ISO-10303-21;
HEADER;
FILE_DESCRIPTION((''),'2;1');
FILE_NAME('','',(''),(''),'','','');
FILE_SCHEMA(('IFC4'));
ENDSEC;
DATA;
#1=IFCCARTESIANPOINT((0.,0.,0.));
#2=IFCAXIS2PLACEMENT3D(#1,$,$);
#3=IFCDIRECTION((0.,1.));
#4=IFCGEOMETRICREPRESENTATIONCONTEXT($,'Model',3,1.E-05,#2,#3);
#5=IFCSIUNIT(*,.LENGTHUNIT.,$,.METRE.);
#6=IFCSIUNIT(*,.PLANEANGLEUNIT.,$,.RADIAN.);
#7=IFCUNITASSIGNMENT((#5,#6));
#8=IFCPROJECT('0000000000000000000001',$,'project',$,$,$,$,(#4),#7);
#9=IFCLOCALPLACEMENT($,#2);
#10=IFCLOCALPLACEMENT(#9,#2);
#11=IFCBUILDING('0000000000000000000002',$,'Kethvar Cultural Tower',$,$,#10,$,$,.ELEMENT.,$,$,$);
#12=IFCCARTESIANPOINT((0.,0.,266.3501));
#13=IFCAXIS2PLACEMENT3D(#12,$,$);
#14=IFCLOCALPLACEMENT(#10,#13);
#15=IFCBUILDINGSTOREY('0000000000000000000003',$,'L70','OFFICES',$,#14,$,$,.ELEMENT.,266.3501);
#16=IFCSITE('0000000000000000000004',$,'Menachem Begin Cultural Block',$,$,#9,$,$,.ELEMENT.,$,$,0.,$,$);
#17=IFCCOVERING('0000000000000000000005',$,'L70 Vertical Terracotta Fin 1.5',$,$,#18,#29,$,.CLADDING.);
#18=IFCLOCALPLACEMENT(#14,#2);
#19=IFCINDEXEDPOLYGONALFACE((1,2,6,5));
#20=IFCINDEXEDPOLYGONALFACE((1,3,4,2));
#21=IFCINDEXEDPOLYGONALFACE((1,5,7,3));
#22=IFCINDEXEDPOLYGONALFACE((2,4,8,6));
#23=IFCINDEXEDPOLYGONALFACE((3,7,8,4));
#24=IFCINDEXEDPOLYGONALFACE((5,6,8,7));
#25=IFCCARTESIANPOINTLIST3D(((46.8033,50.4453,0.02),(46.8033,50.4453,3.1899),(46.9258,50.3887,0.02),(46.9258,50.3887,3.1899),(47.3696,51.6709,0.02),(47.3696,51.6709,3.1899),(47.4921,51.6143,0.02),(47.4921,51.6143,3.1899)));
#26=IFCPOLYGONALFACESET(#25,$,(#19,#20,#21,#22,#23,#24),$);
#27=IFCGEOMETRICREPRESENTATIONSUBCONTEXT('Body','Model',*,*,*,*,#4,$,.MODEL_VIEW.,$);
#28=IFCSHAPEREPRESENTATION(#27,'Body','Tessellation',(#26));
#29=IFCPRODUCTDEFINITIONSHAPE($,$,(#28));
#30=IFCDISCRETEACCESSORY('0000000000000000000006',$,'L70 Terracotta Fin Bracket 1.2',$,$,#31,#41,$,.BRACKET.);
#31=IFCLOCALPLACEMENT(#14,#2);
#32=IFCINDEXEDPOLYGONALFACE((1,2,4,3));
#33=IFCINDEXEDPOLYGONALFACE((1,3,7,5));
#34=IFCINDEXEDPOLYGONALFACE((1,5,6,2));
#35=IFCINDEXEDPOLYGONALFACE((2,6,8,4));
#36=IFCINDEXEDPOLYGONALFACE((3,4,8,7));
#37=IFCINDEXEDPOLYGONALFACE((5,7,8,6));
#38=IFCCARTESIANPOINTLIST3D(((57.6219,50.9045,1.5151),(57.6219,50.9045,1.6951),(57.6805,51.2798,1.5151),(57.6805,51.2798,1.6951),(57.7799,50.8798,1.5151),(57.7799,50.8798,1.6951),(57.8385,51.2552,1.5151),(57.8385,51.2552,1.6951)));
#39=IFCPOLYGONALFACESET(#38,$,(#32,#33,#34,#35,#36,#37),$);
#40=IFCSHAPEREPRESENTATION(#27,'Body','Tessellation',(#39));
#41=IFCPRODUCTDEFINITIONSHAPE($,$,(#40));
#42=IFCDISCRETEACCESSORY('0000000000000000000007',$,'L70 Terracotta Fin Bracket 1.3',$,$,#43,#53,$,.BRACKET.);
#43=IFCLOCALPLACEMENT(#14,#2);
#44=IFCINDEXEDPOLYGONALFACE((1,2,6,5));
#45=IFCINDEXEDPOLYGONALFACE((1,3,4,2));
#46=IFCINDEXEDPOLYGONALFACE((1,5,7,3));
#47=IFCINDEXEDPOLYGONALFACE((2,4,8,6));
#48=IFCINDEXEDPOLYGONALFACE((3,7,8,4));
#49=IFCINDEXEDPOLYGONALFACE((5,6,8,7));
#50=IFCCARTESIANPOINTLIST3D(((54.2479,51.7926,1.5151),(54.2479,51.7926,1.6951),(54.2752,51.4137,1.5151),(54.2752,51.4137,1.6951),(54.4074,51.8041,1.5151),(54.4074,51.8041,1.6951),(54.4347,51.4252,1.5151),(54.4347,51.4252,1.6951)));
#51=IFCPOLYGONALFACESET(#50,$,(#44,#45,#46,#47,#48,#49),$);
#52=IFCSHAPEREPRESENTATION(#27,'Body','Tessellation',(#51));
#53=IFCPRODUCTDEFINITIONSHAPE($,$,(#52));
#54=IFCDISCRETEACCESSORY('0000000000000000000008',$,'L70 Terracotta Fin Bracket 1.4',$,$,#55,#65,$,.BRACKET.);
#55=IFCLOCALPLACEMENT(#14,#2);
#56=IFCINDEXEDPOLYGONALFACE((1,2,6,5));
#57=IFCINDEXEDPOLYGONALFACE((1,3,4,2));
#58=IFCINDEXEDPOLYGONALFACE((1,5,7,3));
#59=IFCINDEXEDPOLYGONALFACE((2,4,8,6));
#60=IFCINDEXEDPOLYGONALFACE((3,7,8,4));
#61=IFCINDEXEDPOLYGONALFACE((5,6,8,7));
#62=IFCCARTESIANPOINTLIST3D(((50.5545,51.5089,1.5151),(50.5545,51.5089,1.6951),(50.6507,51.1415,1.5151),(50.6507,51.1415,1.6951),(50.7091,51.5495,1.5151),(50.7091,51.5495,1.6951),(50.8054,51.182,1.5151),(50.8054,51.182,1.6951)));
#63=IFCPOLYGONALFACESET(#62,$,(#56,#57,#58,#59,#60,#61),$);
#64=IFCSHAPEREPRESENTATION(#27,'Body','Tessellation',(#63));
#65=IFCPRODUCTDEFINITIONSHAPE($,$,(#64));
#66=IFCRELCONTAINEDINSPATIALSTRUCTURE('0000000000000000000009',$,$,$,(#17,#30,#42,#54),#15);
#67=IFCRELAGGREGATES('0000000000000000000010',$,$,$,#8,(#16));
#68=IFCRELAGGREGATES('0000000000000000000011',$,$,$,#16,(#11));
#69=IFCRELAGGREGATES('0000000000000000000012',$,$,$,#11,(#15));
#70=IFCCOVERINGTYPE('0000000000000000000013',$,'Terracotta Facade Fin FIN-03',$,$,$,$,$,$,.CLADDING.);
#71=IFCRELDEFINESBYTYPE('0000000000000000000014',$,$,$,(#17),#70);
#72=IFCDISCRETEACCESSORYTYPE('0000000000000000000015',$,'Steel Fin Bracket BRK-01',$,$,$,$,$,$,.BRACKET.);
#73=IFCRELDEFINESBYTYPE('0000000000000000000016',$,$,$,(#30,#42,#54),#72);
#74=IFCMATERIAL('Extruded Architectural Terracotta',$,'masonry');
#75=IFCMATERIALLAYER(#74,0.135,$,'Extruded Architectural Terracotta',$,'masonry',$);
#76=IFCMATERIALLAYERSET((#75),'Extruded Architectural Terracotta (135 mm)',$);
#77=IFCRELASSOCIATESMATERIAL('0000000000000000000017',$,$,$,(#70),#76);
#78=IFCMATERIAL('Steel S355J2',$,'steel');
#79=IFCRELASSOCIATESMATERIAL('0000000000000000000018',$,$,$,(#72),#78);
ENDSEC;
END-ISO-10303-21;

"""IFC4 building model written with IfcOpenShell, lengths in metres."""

from ifc_helpers import new_model, si_unit, direction, frame, origin, origin_2d, place, context, subcontext, project, spatial, rectangle, extrude, source, transform, mapped, material, layer, layer_set, type_object, element, save


model = new_model("IFC4")

# Units and contexts
model_context = context("Model", 3, precision=1e-05, world=origin(), true_north=direction((0.0, 1.0)))
body_context = subcontext(model_context, "Body", "Model", "MODEL_VIEW")
ifc_project = project(units=[si_unit("LENGTHUNIT", "METRE"), si_unit("PLANEANGLEUNIT", "RADIAN")], contexts=[model_context])

# Site, building, storey
site_placement = place(None, origin())
site = spatial("IfcSite", under=ifc_project, at=site_placement, Name="Menachem Begin Cultural Block", CompositionType="ELEMENT", RefElevation=0.0)
building_placement = place(site_placement, origin())
building = spatial("IfcBuilding", under=site, at=building_placement, Name="Kethvar Cultural Tower", CompositionType="ELEMENT")
storey_placement = place(building_placement, frame((0.0, 0.0, 266.3501)))
storey = spatial("IfcBuildingStorey", under=building, at=storey_placement, Name="L70", Description="OFFICES", CompositionType="ELEMENT", Elevation=266.3501)

# Shared definitions
ifc_material_1 = material(Name="Steel S355J2", Category="steel")

# Covering
ifc_material_2 = material(Name="Extruded Architectural Terracotta", Category="masonry")
ifc_layer_1 = layer(ifc_material_2, 0.135, Name="Extruded Architectural Terracotta", Category="masonry")
ifc_layer_set_1 = layer_set([ifc_layer_1], Name="Extruded Architectural Terracotta (135 mm)")
covering_type = type_object("IfcCoveringType", Name="Terracotta Facade Fin FIN-03", PredefinedType="CLADDING", material=ifc_layer_set_1)
shared_shape_1 = source(origin(), body_context, "Body", "SweptSolid", [
    extrude(rectangle(XDim=1.3501, YDim=0.135, at=origin_2d()), origin(), (0.0, 0.0, 1.0), 3.1699),
])
for number, where, z_axis, x_axis, name in (
    (1, (47.1477, 51.0298, 0.02), (0.0, 0.0, 1.0), (0.419452, 0.907777, 0.0), "L70 Vertical Terracotta Fin 1.5"),
):
    element("IfcCovering", number, at=place(storey_placement, frame(where, z_axis=z_axis, x_axis=x_axis)), inside=storey, type_object=covering_type, Name=name, PredefinedType="CLADDING", context=body_context, shape_type="MappedRepresentation", body=[
        mapped(shared_shape_1, transform((0.0, 0.0, 0.0), scale=1.0)),
    ])

# Discrete accessories
discrete_accessory_type = type_object("IfcDiscreteAccessoryType", Name="Steel Fin Bracket BRK-01", PredefinedType="BRACKET", material=ifc_material_1)
shared_shape_2 = source(origin(), body_context, "Body", "SweptSolid", [
    extrude(rectangle(XDim=0.3799, YDim=0.1599, at=origin_2d()), origin(), (0.0, 0.0, 1.0), 0.1799),
])
for number, where, z_axis, x_axis, name in (
    (2, (57.7302, 51.0798, 1.5151), (0.0, 0.0, 1.0), (0.154366, 0.988014, 0.0), "L70 Terracotta Fin Bracket 1.2"),
    (3, (54.3413, 51.6089, 1.5151), (0.0, 0.0, 1.0), (-0.071672, 0.997428, 0.0), "L70 Terracotta Fin Bracket 1.3"),
    (4, (50.6799, 51.3455, 1.5151), (0.0, 0.0, 1.0), (-0.25342, 0.967356, 0.0), "L70 Terracotta Fin Bracket 1.4"),
):
    element("IfcDiscreteAccessory", number, at=place(storey_placement, frame(where, z_axis=z_axis, x_axis=x_axis)), inside=storey, type_object=discrete_accessory_type, Name=name, PredefinedType="BRACKET", context=body_context, shape_type="MappedRepresentation", body=[
        mapped(shared_shape_2, transform((0.0, 0.0, 0.0), scale=1.0)),
    ])

save(model, "model.ifc")
